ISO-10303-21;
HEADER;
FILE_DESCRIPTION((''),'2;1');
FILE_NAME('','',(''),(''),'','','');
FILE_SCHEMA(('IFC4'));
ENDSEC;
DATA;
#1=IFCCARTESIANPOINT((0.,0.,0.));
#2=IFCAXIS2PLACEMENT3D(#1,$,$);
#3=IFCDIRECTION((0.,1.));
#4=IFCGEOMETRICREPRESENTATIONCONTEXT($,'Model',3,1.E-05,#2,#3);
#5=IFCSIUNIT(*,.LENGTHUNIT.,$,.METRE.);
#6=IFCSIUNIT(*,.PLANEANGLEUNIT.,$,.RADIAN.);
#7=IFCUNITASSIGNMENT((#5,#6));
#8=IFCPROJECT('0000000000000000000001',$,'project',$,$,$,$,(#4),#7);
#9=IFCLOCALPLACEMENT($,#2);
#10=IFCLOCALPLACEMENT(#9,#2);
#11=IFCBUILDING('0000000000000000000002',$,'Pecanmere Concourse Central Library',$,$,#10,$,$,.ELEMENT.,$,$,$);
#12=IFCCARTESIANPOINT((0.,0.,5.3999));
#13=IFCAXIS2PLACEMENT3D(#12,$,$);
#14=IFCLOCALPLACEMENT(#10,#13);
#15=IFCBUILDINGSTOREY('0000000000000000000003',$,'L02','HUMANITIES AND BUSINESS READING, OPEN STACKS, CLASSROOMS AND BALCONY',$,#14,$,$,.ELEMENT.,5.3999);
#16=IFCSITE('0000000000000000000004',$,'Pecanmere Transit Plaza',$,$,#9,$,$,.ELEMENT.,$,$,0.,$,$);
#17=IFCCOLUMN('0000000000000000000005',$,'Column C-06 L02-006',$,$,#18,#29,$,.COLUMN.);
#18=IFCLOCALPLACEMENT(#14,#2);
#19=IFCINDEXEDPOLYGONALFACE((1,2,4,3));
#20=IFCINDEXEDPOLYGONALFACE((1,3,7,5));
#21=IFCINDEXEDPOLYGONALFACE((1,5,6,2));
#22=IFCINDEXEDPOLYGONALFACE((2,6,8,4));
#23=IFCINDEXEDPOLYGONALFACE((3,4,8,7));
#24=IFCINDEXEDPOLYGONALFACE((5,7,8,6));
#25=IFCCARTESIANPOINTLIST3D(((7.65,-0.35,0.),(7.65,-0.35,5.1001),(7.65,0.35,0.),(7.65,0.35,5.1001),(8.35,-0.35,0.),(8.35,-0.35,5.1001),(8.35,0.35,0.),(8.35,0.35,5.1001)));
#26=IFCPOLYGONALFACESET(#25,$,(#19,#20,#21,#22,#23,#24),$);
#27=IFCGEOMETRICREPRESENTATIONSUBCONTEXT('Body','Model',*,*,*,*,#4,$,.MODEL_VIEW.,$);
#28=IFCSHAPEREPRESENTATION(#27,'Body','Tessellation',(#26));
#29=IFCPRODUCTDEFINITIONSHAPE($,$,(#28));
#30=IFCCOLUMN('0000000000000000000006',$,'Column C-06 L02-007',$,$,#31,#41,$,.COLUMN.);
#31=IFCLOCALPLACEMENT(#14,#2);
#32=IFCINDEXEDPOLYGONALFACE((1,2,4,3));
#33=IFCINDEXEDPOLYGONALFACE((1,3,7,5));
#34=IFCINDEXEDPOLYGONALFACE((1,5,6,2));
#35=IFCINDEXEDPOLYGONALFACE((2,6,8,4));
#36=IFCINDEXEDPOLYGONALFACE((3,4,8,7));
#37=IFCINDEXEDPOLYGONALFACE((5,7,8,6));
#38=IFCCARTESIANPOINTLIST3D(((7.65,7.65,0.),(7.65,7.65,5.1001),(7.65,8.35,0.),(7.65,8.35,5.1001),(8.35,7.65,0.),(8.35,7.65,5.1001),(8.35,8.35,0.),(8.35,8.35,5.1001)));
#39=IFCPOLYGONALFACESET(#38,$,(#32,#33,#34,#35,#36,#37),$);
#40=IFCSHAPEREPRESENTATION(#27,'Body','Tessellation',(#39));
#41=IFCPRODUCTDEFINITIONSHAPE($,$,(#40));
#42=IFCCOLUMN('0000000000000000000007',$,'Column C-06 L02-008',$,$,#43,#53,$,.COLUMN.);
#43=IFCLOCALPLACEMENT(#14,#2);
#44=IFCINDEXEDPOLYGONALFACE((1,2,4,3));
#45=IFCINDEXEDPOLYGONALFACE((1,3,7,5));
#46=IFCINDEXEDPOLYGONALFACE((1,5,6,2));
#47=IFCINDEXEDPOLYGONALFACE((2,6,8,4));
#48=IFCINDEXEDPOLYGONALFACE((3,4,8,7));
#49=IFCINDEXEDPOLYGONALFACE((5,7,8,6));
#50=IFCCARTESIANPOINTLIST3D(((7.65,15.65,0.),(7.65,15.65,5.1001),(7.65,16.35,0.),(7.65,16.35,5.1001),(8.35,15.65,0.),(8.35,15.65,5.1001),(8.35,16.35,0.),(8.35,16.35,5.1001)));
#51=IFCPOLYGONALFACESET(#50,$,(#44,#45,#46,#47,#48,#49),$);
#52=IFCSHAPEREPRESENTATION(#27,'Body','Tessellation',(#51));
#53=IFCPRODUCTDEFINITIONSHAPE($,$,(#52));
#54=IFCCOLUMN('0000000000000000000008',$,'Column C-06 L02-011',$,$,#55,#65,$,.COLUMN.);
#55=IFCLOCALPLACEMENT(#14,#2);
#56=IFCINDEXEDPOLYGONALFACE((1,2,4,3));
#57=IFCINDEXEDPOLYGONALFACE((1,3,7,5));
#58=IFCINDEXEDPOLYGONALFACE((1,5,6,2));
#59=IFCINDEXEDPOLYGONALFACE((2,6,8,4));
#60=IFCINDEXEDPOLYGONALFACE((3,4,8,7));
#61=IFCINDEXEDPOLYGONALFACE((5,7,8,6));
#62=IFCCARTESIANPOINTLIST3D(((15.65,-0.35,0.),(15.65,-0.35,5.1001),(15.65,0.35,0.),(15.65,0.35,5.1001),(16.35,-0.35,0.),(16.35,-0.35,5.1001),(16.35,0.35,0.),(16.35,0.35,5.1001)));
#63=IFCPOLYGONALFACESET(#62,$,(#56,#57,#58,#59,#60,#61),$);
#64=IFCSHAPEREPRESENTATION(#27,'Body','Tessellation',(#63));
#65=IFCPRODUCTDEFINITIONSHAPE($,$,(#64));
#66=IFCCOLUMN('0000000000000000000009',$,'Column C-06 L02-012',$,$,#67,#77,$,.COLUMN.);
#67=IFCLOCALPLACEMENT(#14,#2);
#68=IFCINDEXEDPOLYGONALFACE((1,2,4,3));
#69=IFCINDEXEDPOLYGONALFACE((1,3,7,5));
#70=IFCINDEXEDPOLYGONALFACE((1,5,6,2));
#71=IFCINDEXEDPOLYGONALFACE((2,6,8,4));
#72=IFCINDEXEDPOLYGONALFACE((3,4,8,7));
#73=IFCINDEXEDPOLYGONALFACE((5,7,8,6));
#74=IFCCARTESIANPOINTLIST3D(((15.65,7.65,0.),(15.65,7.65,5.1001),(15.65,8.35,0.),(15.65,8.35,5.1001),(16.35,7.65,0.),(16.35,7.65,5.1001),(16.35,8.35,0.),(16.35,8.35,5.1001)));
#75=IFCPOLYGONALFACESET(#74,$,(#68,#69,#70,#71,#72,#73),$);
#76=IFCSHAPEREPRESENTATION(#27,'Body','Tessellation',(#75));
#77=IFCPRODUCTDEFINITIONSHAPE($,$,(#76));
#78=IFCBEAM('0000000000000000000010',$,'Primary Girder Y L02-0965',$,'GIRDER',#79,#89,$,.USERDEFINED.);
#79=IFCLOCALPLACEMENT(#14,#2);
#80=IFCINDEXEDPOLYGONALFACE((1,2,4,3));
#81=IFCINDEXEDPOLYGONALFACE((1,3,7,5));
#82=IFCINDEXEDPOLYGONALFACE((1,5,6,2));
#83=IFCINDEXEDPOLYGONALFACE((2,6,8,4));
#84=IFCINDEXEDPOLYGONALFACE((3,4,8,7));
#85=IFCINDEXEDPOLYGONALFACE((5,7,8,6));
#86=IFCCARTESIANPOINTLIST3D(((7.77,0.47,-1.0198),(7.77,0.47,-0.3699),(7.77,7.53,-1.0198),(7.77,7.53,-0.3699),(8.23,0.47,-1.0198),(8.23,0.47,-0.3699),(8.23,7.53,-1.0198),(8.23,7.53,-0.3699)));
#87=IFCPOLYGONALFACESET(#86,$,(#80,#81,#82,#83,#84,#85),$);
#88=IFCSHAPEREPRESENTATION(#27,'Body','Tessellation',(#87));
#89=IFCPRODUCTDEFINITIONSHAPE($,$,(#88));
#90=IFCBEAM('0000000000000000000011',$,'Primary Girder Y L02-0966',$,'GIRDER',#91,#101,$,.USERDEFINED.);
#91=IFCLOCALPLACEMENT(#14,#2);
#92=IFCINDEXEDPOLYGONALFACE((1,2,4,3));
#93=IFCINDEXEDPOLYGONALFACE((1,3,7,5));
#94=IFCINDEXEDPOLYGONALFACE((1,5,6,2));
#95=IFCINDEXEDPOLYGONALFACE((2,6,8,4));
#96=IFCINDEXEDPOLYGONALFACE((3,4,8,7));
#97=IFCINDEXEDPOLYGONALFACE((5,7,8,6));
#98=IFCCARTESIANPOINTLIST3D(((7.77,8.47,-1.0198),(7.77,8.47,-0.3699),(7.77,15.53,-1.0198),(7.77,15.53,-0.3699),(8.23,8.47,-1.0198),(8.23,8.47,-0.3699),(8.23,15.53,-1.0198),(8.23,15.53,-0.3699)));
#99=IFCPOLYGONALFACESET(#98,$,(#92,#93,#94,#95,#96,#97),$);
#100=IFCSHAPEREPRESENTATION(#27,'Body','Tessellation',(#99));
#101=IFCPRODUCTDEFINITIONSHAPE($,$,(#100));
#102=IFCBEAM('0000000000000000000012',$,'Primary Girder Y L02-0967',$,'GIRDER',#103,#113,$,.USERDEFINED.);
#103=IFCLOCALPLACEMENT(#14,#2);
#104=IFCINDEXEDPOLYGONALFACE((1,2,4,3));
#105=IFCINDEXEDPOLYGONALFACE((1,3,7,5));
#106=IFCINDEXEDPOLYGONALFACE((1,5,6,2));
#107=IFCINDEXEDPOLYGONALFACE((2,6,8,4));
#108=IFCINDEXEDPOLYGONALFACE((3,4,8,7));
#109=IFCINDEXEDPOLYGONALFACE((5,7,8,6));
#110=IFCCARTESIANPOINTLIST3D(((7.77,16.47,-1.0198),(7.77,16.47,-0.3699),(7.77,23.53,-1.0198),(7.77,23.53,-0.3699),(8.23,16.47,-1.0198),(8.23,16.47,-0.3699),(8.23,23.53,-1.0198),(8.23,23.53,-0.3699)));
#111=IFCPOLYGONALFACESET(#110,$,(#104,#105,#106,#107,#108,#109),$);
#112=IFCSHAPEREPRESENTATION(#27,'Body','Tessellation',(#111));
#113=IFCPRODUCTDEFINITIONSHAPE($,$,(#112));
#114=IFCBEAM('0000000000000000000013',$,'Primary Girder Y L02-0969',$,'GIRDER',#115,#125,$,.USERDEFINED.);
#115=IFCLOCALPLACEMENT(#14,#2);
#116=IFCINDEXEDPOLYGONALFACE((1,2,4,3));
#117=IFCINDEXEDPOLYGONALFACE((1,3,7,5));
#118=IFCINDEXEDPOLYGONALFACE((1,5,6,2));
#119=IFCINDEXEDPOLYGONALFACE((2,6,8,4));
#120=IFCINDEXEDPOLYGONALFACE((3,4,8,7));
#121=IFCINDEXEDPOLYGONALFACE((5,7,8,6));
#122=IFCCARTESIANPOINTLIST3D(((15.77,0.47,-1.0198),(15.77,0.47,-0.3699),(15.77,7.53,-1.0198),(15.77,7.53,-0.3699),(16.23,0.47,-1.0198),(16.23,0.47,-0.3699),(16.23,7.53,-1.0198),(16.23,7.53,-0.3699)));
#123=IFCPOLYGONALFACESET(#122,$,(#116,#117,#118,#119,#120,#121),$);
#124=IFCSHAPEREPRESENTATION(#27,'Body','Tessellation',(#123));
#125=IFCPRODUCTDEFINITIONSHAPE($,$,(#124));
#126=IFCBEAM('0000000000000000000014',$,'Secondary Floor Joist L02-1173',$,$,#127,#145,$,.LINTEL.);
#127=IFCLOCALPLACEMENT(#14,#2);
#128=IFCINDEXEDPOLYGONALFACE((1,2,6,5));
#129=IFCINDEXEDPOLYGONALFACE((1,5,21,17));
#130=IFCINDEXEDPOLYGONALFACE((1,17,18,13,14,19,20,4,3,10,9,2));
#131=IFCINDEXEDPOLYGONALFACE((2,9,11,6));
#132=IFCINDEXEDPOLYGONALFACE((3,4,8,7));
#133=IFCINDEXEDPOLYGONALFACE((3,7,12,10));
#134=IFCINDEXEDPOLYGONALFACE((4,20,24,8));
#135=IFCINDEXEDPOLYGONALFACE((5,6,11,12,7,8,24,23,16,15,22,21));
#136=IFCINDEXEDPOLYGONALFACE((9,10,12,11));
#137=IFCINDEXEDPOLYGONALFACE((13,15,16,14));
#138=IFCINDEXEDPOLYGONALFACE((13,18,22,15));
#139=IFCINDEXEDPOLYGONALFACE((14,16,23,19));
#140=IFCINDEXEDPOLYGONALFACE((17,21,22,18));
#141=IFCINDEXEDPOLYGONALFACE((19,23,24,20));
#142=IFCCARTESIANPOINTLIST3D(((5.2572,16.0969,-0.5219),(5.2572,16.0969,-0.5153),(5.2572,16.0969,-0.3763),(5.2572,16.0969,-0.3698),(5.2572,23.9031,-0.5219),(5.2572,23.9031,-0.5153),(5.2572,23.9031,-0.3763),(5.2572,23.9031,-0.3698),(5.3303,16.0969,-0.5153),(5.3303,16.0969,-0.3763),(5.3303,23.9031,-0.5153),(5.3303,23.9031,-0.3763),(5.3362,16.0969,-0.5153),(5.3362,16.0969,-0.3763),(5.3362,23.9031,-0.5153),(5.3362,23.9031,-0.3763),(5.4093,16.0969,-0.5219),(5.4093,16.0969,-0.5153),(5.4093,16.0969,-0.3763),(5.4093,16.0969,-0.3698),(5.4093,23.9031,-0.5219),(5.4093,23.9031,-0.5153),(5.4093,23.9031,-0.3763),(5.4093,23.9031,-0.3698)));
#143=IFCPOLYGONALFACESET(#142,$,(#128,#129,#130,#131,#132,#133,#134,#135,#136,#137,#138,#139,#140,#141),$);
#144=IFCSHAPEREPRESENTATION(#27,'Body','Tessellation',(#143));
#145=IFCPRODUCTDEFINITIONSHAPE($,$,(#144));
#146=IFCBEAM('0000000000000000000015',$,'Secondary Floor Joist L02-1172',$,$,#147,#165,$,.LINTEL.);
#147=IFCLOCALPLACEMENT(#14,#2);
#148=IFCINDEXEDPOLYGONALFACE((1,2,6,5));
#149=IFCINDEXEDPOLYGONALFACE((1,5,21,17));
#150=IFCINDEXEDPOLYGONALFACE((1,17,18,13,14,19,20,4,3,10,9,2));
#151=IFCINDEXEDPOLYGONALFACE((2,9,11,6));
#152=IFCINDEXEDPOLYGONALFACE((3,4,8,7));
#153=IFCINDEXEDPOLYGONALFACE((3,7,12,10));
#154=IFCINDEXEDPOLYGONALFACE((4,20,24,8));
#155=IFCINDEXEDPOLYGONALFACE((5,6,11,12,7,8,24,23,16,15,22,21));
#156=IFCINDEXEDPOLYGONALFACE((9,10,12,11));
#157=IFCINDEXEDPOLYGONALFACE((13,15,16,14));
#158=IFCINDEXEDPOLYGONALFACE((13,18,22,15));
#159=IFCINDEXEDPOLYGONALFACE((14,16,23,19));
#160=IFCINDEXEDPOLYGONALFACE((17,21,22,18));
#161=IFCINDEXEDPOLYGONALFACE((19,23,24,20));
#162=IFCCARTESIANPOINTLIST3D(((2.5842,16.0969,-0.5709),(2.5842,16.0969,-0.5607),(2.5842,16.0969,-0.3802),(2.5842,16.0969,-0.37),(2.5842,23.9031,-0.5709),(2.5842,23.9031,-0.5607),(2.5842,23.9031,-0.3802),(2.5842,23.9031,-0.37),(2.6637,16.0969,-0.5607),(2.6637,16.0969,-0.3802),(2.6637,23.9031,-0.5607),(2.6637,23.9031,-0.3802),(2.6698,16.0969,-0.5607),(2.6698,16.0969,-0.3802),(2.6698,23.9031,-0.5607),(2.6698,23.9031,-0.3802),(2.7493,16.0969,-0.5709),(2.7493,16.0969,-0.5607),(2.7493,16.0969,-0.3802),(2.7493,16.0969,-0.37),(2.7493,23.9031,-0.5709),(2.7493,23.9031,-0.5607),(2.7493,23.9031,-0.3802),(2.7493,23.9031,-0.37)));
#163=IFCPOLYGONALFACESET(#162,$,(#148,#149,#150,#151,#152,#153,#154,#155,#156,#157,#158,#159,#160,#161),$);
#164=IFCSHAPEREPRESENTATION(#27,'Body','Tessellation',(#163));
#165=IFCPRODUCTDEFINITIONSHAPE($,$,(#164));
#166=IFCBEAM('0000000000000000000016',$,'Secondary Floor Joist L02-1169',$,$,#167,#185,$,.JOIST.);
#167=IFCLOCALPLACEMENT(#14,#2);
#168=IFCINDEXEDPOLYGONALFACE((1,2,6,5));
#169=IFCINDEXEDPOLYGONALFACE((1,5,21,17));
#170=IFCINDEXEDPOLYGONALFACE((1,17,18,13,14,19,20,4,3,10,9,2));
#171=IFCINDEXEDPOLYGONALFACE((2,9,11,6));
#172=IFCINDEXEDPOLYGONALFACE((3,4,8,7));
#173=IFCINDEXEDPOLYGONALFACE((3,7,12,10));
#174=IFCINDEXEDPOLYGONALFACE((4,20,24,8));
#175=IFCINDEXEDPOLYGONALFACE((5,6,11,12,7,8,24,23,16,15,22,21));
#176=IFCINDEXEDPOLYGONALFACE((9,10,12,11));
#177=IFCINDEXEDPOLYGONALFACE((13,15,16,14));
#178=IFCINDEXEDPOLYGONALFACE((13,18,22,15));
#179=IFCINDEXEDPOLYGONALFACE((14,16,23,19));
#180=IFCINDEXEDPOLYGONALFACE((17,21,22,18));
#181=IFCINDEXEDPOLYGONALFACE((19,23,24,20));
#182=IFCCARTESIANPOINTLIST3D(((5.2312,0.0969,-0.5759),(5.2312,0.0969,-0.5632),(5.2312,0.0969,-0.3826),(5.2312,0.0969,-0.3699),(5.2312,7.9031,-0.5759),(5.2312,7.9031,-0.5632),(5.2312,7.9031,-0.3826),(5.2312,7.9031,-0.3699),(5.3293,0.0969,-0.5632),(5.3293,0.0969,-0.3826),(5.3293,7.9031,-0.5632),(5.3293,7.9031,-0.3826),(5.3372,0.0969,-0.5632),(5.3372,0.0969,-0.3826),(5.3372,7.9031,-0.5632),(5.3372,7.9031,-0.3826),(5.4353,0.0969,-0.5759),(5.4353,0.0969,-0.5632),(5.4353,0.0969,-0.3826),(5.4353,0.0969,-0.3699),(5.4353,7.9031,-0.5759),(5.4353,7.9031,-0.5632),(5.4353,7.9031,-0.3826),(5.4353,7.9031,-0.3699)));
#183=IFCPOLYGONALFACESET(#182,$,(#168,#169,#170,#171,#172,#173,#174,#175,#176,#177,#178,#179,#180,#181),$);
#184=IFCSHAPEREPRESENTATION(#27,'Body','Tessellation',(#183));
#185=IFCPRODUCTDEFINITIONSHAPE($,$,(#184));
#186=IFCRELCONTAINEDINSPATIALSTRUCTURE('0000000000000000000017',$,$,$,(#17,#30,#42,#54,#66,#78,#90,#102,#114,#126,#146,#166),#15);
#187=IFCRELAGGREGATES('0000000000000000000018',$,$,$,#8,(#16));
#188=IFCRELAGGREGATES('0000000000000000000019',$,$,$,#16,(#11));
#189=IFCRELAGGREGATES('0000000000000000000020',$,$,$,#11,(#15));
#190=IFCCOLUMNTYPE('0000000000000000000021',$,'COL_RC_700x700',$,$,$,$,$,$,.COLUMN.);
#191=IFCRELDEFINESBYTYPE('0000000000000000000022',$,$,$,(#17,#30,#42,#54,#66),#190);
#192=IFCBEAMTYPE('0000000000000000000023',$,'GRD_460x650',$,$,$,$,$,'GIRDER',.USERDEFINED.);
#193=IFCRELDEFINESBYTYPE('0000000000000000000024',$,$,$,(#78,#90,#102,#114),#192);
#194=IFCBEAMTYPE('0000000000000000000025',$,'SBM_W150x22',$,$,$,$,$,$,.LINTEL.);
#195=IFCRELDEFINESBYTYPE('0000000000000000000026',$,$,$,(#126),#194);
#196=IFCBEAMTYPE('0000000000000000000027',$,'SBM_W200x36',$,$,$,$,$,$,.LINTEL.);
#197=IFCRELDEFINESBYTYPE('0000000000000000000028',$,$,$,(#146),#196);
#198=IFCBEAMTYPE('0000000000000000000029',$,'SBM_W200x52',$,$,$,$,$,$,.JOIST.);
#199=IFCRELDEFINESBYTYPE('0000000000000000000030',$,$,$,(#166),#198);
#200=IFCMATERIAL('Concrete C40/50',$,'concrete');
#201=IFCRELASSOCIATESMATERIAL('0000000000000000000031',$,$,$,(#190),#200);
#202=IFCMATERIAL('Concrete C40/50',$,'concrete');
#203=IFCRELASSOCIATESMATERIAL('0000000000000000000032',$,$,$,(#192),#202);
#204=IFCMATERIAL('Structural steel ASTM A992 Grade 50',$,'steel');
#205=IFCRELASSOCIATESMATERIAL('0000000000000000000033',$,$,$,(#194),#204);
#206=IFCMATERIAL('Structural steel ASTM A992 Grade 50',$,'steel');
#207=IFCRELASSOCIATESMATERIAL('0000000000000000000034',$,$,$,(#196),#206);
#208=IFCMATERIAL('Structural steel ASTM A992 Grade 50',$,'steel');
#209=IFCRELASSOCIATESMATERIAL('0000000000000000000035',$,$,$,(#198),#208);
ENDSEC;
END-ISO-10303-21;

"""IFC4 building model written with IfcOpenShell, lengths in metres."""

from ifc_helpers import new_model, si_unit, direction, frame, origin, origin_2d, place, context, subcontext, project, spatial, rectangle, i_section, extrude, material, material_profile, profile_set, type_object, element, save


model = new_model("IFC4")

# Units and contexts
model_context = context("Model", 3, precision=1e-05, world=origin(), true_north=direction((0.0, 1.0)))
body_context = subcontext(model_context, "Body", "Model", "MODEL_VIEW")
ifc_project = project(units=[si_unit("LENGTHUNIT", "METRE"), si_unit("PLANEANGLEUNIT", "RADIAN")], contexts=[model_context])

# Site, building, storey
site_placement = place(None, origin())
site = spatial("IfcSite", under=ifc_project, at=site_placement, Name="Pecanmere Transit Plaza", CompositionType="ELEMENT", RefElevation=0.0)
building_placement = place(site_placement, origin())
building = spatial("IfcBuilding", under=site, at=building_placement, Name="Pecanmere Concourse Central Library", CompositionType="ELEMENT")
storey_placement = place(building_placement, frame((0.0, 0.0, 5.3999)))
storey = spatial("IfcBuildingStorey", under=building, at=storey_placement, Name="L02", Description="HUMANITIES AND BUSINESS READING, OPEN STACKS, CLASSROOMS AND BALCONY", CompositionType="ELEMENT", Elevation=5.3999)

# Columns
ifc_material_1 = material(Name="Concrete C40/50", Category="concrete")
ifc_material_profile_1 = material_profile(ifc_material_1, rectangle(XDim=0.7, YDim=0.7, at=origin_2d()), Name="RC 700x700")
ifc_profile_set_1 = profile_set([ifc_material_profile_1], Name="Concrete C40/50")
column_type = type_object("IfcColumnType", Name="COL_RC_700x700", PredefinedType="COLUMN", material=ifc_profile_set_1)
for number, where, z_axis, x_axis, name in (
    (1, (8.0, 0.0, 0.0), (0.0, 0.0, 1.0), (1.0, 0.0, 0.0), "Column C-06 L02-006"),
    (2, (8.0, 8.0, 0.0), (0.0, 0.0, 1.0), (1.0, 0.0, 0.0), "Column C-06 L02-007"),
    (3, (8.0, 16.0, 0.0), (0.0, 0.0, 1.0), (1.0, 0.0, 0.0), "Column C-06 L02-008"),
    (4, (16.0, 0.0, 0.0), (0.0, 0.0, 1.0), (1.0, 0.0, 0.0), "Column C-06 L02-011"),
    (5, (16.0, 8.0, 0.0), (0.0, 0.0, 1.0), (1.0, 0.0, 0.0), "Column C-06 L02-012"),
):
    element("IfcColumn", number, at=place(storey_placement, frame(where, z_axis=z_axis, x_axis=x_axis)), inside=storey, type_object=column_type, Name=name, PredefinedType="COLUMN", context=body_context, shape_type="SweptSolid", body=[
        extrude(rectangle(XDim=0.7, YDim=0.7, at=origin_2d()), origin(), (0.0, 0.0, 1.0), 5.1001),
    ])

# Beams
ifc_material_2 = material(Name="Concrete C40/50", Category="concrete")
ifc_material_profile_2 = material_profile(ifc_material_2, rectangle(XDim=0.46, YDim=0.6499, at=origin_2d()), Name="RC 460x650")
ifc_profile_set_2 = profile_set([ifc_material_profile_2], Name="Concrete C40/50")
beam_type_1 = type_object("IfcBeamType", Name="GRD_460x650", ElementType="GIRDER", PredefinedType="USERDEFINED", material=ifc_profile_set_2)
for number, where, z_axis, x_axis, name in (
    (6, (8.0, 0.47, -0.6948), (0.0, 1.0, 0.0), (-1.0, 0.0, 0.0), "Primary Girder Y L02-0965"),
    (7, (8.0, 8.47, -0.6948), (0.0, 1.0, 0.0), (-1.0, 0.0, 0.0), "Primary Girder Y L02-0966"),
    (8, (8.0, 16.47, -0.6948), (0.0, 1.0, 0.0), (-1.0, 0.0, 0.0), "Primary Girder Y L02-0967"),
    (9, (16.0, 0.47, -0.6948), (0.0, 1.0, 0.0), (-1.0, 0.0, 0.0), "Primary Girder Y L02-0969"),
):
    element("IfcBeam", number, at=place(storey_placement, frame(where, z_axis=z_axis, x_axis=x_axis)), inside=storey, type_object=beam_type_1, Name=name, ObjectType="GIRDER", PredefinedType="USERDEFINED", context=body_context, shape_type="SweptSolid", body=[
        extrude(rectangle(XDim=0.46, YDim=0.6499, at=origin_2d()), origin(), (0.0, 0.0, 1.0), 7.0601),
    ])
ifc_material_3 = material(Name="Structural steel ASTM A992 Grade 50", Category="steel")
ifc_material_profile_3 = material_profile(ifc_material_3, i_section(OverallWidth=0.1521, OverallDepth=0.1521, WebThickness=0.0059, FlangeThickness=0.0066, at=origin_2d()), Name="W150x22.5")
ifc_profile_set_3 = profile_set([ifc_material_profile_3], Name="Structural steel ASTM A992 Grade 50")
beam_type_2 = type_object("IfcBeamType", Name="SBM_W150x22", PredefinedType="LINTEL", material=ifc_profile_set_3)
beam_1_placement = place(storey_placement, frame((5.3333, 16.0969, -0.4458), z_axis=(0.0, 1.0, 0.0), x_axis=(-1.0, 0.0, 0.0)))
element("IfcBeam", 10, at=beam_1_placement, inside=storey, type_object=beam_type_2, Name="Secondary Floor Joist L02-1173", PredefinedType="LINTEL", context=body_context, shape_type="SweptSolid", body=[
    extrude(i_section(OverallWidth=0.1521, OverallDepth=0.1521, WebThickness=0.0059, FlangeThickness=0.0066, at=origin_2d()), origin(), (0.0, 0.0, 1.0), 7.8062),
])
ifc_material_4 = material(Name="Structural steel ASTM A992 Grade 50", Category="steel")
ifc_material_profile_4 = material_profile(ifc_material_4, i_section(OverallWidth=0.165, OverallDepth=0.2009, WebThickness=0.0061, FlangeThickness=0.0103, at=origin_2d()), Name="W200x35.9")
ifc_profile_set_4 = profile_set([ifc_material_profile_4], Name="Structural steel ASTM A992 Grade 50")
beam_type_3 = type_object("IfcBeamType", Name="SBM_W200x36", PredefinedType="LINTEL", material=ifc_profile_set_4)
beam_2_placement = place(storey_placement, frame((2.6667, 16.0969, -0.4705), z_axis=(0.0, 1.0, 0.0), x_axis=(-1.0, 0.0, 0.0)))
element("IfcBeam", 11, at=beam_2_placement, inside=storey, type_object=beam_type_3, Name="Secondary Floor Joist L02-1172", PredefinedType="LINTEL", context=body_context, shape_type="SweptSolid", body=[
    extrude(i_section(OverallWidth=0.165, OverallDepth=0.2009, WebThickness=0.0061, FlangeThickness=0.0103, at=origin_2d()), origin(), (0.0, 0.0, 1.0), 7.8062),
])
ifc_material_5 = material(Name="Structural steel ASTM A992 Grade 50", Category="steel")
ifc_material_profile_5 = material_profile(ifc_material_5, i_section(OverallWidth=0.2041, OverallDepth=0.2061, WebThickness=0.0078, FlangeThickness=0.0127, at=origin_2d()), Name="W200x52")
ifc_profile_set_5 = profile_set([ifc_material_profile_5], Name="Structural steel ASTM A992 Grade 50")
beam_type_4 = type_object("IfcBeamType", Name="SBM_W200x52", PredefinedType="JOIST", material=ifc_profile_set_5)
beam_3_placement = place(storey_placement, frame((5.3333, 0.0969, -0.4729), z_axis=(0.0, 1.0, 0.0), x_axis=(-1.0, 0.0, 0.0)))
element("IfcBeam", 12, at=beam_3_placement, inside=storey, type_object=beam_type_4, Name="Secondary Floor Joist L02-1169", PredefinedType="JOIST", context=body_context, shape_type="SweptSolid", body=[
    extrude(i_section(OverallWidth=0.2041, OverallDepth=0.2061, WebThickness=0.0078, FlangeThickness=0.0127, at=origin_2d()), origin(), (0.0, 0.0, 1.0), 7.8062),
])

save(model, "model.ifc")
